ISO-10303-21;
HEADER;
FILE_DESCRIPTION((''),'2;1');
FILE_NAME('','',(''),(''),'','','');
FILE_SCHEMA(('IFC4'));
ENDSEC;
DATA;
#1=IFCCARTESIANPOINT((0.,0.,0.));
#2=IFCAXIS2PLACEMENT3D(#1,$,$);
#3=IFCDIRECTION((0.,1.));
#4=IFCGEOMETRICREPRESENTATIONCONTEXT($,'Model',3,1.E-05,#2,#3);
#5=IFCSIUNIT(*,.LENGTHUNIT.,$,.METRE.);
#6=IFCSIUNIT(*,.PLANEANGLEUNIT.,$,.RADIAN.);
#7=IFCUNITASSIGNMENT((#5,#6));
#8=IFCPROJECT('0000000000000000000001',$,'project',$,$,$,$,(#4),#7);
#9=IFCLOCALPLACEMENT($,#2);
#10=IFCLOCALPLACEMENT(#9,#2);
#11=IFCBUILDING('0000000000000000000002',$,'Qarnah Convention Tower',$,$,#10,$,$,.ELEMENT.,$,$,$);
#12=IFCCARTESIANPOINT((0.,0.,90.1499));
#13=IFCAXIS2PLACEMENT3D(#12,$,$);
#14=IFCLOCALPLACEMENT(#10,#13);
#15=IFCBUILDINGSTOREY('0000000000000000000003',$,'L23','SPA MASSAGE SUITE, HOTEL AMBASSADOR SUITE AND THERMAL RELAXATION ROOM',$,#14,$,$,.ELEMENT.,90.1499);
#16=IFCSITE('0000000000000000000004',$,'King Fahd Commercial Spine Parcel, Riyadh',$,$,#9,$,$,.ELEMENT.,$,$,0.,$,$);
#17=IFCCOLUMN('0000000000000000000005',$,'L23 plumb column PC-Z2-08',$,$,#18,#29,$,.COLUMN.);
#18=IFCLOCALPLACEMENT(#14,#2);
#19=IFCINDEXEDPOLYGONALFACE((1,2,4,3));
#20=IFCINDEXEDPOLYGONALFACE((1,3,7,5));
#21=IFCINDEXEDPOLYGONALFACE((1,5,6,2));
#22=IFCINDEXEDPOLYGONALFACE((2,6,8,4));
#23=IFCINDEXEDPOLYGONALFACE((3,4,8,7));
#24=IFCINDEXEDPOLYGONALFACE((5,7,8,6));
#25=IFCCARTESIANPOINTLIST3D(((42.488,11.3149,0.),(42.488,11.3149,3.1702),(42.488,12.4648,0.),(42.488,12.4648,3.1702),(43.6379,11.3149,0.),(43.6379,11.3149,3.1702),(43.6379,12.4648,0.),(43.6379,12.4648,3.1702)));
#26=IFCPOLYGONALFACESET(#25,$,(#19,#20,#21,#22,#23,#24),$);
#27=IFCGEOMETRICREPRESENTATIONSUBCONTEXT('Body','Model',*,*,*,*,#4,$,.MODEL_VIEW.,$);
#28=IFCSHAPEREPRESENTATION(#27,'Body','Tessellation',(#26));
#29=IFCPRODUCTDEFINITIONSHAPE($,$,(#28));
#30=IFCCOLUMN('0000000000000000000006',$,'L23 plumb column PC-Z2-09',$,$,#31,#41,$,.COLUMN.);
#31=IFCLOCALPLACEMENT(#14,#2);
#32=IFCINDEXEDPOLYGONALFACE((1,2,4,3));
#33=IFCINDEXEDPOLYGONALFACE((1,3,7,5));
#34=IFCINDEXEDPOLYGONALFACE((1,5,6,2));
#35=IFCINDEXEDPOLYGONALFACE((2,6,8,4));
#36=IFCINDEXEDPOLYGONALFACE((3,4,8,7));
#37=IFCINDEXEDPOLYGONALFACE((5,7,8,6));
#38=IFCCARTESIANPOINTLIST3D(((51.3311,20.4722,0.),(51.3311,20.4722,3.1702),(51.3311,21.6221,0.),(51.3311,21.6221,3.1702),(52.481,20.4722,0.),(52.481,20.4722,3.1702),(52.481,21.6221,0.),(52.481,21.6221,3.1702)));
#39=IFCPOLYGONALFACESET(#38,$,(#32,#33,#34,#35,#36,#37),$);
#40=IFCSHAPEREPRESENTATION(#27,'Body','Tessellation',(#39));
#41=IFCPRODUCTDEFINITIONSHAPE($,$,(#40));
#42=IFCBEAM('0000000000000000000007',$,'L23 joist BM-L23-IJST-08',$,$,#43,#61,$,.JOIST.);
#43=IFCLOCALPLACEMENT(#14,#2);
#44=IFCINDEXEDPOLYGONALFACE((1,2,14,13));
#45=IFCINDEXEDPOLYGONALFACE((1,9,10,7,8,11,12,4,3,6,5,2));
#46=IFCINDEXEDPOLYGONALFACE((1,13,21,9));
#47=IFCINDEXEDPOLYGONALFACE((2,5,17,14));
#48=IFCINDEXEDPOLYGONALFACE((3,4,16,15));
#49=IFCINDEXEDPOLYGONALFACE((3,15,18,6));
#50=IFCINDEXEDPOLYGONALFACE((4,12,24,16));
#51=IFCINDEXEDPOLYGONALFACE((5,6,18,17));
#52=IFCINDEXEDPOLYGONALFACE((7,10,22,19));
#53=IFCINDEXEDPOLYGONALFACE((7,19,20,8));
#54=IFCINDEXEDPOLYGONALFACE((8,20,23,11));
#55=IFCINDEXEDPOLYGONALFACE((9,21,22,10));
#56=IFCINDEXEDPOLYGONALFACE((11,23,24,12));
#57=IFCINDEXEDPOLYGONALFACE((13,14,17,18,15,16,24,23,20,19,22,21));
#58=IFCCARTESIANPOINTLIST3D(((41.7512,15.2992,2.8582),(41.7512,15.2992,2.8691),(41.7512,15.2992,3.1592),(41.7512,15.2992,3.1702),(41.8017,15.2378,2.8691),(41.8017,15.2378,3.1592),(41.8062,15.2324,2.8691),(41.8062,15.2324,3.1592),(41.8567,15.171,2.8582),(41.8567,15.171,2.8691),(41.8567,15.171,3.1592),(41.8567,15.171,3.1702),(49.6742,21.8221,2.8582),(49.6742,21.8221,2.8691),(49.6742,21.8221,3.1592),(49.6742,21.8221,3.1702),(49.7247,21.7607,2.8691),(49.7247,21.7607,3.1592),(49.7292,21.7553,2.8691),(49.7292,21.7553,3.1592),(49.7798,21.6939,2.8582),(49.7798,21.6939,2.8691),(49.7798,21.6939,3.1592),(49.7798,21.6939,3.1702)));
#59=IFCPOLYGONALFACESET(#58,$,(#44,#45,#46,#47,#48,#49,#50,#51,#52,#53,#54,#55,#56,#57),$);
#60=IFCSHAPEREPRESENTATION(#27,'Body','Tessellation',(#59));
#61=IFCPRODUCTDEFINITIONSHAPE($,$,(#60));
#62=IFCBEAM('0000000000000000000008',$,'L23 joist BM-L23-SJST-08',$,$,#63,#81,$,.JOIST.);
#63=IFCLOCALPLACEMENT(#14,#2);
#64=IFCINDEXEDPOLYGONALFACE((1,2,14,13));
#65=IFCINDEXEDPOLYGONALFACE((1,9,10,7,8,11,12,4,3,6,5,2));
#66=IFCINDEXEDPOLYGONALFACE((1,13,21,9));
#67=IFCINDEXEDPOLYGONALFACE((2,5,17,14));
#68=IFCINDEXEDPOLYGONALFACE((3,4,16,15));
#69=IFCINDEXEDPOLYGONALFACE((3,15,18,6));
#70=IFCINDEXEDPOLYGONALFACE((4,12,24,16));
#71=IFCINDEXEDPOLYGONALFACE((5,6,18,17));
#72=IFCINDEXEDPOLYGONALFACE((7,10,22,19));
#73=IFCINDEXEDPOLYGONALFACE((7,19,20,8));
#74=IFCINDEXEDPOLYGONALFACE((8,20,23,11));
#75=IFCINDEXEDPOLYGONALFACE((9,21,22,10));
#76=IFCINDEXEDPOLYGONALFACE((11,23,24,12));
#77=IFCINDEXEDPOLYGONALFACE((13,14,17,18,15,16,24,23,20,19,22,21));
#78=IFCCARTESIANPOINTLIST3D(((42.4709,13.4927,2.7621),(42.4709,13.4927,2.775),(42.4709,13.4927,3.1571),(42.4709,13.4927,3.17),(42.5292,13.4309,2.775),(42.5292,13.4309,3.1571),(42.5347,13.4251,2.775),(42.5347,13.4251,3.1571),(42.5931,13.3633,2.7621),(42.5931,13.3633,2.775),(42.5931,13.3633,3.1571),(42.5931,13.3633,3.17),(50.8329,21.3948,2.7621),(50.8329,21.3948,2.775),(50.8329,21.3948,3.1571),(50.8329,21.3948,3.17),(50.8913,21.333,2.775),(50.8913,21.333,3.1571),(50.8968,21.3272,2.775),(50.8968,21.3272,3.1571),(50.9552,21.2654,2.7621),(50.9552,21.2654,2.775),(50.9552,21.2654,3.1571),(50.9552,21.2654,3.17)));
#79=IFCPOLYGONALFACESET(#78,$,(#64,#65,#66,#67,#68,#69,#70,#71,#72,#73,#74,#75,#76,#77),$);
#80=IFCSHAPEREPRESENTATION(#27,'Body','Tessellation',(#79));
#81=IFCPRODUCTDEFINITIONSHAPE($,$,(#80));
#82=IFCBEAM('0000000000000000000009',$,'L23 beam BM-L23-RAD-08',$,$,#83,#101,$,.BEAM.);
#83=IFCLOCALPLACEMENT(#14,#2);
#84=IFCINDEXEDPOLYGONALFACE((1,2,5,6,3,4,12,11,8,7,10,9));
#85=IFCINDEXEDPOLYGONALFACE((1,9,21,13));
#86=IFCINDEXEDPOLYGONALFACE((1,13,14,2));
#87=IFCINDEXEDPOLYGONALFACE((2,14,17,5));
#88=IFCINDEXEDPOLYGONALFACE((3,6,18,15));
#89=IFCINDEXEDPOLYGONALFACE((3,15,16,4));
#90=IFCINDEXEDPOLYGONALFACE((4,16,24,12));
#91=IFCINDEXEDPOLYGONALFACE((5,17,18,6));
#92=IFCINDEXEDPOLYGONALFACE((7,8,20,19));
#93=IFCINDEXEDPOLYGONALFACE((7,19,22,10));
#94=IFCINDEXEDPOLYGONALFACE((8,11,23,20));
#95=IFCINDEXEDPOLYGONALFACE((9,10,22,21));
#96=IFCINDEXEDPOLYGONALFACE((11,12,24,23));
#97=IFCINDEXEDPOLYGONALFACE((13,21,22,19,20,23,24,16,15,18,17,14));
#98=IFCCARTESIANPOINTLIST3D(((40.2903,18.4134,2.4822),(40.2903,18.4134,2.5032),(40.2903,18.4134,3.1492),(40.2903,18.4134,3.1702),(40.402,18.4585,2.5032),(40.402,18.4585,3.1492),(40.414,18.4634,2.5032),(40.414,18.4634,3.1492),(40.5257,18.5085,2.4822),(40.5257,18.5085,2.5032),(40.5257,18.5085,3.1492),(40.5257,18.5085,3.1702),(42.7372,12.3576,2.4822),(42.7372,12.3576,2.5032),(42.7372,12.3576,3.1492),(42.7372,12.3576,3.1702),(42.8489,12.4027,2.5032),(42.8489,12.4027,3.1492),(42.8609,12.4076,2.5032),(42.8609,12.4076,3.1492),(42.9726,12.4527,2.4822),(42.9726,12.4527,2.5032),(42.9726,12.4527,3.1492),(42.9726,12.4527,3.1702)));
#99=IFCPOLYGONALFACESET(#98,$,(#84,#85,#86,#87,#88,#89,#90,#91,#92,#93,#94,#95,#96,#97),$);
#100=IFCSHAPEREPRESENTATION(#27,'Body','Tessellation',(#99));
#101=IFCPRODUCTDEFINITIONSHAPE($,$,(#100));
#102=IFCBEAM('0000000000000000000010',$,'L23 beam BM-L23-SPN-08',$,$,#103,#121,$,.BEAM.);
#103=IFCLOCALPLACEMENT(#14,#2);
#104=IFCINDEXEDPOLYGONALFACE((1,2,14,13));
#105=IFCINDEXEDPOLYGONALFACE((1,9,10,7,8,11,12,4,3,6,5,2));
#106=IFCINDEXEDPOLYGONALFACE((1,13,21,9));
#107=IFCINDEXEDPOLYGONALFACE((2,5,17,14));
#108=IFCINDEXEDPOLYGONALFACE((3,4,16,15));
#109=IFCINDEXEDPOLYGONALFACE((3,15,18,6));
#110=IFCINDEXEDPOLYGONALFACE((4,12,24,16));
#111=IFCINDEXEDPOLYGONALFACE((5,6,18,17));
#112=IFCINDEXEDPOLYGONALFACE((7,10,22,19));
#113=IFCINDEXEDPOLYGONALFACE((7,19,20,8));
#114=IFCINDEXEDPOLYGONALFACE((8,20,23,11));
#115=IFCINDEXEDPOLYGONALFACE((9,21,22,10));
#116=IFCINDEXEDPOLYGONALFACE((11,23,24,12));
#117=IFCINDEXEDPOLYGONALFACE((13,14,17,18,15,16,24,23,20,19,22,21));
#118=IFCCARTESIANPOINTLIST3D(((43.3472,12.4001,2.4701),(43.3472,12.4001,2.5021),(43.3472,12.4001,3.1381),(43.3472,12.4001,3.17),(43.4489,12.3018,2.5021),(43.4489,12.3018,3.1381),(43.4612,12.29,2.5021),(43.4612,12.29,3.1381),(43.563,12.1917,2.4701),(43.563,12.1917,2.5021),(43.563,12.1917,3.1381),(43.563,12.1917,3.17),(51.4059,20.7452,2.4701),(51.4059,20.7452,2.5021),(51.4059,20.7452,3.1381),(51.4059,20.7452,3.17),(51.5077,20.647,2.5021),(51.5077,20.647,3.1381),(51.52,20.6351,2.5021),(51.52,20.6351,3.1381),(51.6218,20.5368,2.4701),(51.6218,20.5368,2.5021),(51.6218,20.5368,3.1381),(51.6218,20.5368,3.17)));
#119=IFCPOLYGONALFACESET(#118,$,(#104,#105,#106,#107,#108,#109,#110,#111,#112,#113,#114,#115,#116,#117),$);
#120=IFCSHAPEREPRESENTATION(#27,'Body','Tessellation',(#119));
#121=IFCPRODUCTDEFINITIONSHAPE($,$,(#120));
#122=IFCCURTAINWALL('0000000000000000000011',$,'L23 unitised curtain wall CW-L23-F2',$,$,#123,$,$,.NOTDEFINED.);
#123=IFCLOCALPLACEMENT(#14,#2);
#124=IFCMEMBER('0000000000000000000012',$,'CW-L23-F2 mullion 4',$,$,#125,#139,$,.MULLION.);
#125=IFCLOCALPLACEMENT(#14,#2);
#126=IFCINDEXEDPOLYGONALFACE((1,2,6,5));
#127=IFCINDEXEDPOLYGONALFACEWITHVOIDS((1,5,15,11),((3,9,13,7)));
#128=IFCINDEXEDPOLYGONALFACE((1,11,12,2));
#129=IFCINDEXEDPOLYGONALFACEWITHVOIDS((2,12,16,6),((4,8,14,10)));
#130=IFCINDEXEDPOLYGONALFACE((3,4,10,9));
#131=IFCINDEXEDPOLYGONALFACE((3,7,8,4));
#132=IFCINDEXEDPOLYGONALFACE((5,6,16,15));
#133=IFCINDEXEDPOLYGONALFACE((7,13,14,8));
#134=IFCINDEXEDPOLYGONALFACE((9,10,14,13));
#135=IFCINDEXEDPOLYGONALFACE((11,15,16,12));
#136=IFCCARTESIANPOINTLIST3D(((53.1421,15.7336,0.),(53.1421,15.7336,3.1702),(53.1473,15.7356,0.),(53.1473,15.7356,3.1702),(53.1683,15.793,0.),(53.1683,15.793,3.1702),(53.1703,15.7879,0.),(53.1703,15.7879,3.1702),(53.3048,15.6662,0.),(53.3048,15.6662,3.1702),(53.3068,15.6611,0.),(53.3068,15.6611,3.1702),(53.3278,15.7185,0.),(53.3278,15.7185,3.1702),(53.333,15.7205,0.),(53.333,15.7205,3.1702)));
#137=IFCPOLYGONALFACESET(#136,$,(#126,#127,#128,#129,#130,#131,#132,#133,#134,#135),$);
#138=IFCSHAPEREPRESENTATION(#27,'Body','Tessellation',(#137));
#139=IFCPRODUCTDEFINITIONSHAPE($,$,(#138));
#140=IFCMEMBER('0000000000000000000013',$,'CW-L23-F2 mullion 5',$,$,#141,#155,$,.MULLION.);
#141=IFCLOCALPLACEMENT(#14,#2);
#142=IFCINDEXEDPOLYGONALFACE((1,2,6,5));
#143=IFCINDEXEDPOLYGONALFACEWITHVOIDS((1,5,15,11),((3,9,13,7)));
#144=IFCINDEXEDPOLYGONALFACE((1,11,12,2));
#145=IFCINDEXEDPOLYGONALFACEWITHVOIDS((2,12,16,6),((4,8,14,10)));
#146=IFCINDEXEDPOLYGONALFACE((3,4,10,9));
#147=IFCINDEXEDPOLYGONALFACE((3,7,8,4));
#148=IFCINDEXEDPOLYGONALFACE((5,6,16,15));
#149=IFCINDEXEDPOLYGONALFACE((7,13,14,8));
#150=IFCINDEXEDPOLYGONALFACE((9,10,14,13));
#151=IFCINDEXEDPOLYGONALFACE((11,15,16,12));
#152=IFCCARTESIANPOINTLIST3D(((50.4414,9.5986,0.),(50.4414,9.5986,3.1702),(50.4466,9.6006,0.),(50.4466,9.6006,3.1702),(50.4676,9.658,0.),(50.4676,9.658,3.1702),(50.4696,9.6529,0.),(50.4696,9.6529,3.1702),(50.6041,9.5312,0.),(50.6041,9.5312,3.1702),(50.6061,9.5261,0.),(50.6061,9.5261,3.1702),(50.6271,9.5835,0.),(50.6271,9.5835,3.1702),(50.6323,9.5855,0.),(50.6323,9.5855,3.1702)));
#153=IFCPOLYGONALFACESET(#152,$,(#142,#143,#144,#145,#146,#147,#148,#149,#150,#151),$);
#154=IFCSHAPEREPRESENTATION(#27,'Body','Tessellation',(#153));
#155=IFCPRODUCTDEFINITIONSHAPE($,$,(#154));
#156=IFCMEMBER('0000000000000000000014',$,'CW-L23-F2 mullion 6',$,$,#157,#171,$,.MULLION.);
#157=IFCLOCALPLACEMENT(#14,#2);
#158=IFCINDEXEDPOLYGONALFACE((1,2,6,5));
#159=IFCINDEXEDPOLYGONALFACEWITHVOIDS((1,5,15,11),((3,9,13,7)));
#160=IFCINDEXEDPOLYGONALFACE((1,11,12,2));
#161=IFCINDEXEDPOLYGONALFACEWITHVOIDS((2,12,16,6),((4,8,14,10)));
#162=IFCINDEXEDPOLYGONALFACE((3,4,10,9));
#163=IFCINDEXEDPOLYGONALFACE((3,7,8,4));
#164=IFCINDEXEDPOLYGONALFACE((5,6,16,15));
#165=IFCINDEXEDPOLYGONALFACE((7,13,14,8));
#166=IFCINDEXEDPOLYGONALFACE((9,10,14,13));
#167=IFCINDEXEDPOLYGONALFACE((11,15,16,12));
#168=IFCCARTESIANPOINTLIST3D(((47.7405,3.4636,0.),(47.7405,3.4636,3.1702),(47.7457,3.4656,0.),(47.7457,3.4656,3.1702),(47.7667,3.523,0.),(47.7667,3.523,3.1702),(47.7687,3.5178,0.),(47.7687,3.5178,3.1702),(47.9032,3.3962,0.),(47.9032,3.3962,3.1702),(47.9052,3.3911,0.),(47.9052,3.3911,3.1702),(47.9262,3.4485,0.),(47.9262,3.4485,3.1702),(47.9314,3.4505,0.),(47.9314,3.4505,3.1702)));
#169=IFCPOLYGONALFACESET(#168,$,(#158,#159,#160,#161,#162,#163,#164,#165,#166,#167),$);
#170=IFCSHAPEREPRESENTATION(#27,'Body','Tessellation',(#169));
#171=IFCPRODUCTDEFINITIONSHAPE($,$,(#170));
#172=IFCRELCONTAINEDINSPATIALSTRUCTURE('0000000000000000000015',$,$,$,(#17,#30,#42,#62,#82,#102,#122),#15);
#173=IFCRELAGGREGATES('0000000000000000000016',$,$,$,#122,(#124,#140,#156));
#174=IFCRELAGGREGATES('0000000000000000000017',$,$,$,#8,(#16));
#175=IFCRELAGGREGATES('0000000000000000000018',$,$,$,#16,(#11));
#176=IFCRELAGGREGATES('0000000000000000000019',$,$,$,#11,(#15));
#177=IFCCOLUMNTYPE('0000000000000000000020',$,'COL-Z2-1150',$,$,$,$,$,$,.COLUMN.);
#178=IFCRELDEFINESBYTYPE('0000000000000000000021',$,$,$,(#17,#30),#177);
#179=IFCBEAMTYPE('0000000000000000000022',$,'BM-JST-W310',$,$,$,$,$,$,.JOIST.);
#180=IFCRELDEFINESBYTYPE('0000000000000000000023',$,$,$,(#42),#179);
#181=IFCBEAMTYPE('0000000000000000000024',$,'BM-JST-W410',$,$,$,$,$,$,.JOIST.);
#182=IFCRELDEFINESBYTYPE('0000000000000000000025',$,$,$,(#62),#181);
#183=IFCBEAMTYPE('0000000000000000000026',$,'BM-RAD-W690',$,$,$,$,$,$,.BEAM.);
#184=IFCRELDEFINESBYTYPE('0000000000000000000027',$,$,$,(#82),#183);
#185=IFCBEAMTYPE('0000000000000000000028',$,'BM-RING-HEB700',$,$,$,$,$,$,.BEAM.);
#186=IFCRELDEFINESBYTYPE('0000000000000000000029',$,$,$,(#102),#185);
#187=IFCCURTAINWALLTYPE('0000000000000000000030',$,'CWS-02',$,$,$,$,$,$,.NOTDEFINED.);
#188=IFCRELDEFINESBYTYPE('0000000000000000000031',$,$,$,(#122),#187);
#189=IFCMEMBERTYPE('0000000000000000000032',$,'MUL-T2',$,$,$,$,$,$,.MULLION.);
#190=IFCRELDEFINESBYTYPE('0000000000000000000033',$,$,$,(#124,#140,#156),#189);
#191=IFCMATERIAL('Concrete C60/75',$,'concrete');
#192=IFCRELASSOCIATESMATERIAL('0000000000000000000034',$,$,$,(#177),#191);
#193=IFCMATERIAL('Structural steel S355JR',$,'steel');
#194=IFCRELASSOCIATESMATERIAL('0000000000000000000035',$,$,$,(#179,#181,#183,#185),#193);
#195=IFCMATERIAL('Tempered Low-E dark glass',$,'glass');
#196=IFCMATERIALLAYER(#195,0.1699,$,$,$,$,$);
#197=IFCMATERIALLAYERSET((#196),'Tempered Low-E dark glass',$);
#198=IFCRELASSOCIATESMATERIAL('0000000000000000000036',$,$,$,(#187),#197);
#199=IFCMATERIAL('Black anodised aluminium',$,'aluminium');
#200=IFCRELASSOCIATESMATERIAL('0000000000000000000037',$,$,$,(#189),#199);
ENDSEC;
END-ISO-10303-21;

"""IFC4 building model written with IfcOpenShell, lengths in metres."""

from ifc_helpers import new_model, si_unit, direction, frame, origin, origin_2d, place, context, subcontext, project, spatial, rectangle, hollow_rectangle, i_section, extrude, material, layer, layer_set, material_profile, profile_set, type_object, element, aggregate, save


model = new_model("IFC4")

# Units and contexts
model_context = context("Model", 3, precision=1e-05, world=origin(), true_north=direction((0.0, 1.0)))
body_context = subcontext(model_context, "Body", "Model", "MODEL_VIEW")
ifc_project = project(units=[si_unit("LENGTHUNIT", "METRE"), si_unit("PLANEANGLEUNIT", "RADIAN")], contexts=[model_context])

# Site, building, storey
site_placement = place(None, origin())
site = spatial("IfcSite", under=ifc_project, at=site_placement, Name="King Fahd Commercial Spine Parcel, Riyadh", CompositionType="ELEMENT", RefElevation=0.0)
building_placement = place(site_placement, origin())
building = spatial("IfcBuilding", under=site, at=building_placement, Name="Qarnah Convention Tower", CompositionType="ELEMENT")
storey_placement = place(building_placement, frame((0.0, 0.0, 90.1499)))
storey = spatial("IfcBuildingStorey", under=building, at=storey_placement, Name="L23", Description="SPA MASSAGE SUITE, HOTEL AMBASSADOR SUITE AND THERMAL RELAXATION ROOM", CompositionType="ELEMENT", Elevation=90.1499)

# Columns
ifc_material_1 = material(Name="Concrete C60/75", Category="concrete")
ifc_material_profile_1 = material_profile(ifc_material_1, rectangle(XDim=1.1499, YDim=1.1499, at=origin_2d()), Name="RC-COL-1150X1150")
ifc_profile_set_1 = profile_set([ifc_material_profile_1], Name="Concrete C60/75")
column_type = type_object("IfcColumnType", Name="COL-Z2-1150", PredefinedType="COLUMN", material=ifc_profile_set_1)
for number, where, z_axis, x_axis, name in (
    (1, (43.063, 11.8899, 0.0), (0.0, 0.0, 1.0), (1.0, 0.0, 0.0), "L23 plumb column PC-Z2-08"),
    (2, (51.906, 21.0471, 0.0), (0.0, 0.0, 1.0), (1.0, 0.0, 0.0), "L23 plumb column PC-Z2-09"),
):
    element("IfcColumn", number, at=place(storey_placement, frame(where, z_axis=z_axis, x_axis=x_axis)), inside=storey, type_object=column_type, Name=name, PredefinedType="COLUMN", context=body_context, shape_type="SweptSolid", body=[
        extrude(rectangle(XDim=1.1499, YDim=1.1499, at=origin_2d()), origin(), (0.0, 0.0, 1.0), 3.1702),
    ])

# Beams
ifc_material_2 = material(Name="Structural steel S355JR", Category="steel")
ifc_material_profile_2 = material_profile(ifc_material_2, i_section(OverallWidth=0.166, OverallDepth=0.312, WebThickness=0.0071, FlangeThickness=0.011, at=origin_2d()), Name="W310X45")
ifc_profile_set_2 = profile_set([ifc_material_profile_2], Name="Structural steel S355JR")
beam_type_1 = type_object("IfcBeamType", Name="BM-JST-W310", PredefinedType="JOIST", material=ifc_profile_set_2)
beam_1_placement = place(storey_placement, frame((41.804, 15.2351, 3.0142), z_axis=(0.772024, 0.635594, 0.0), x_axis=(-0.635594, 0.772024, 0.0)))
element("IfcBeam", 3, at=beam_1_placement, inside=storey, type_object=beam_type_1, Name="L23 joist BM-L23-IJST-08", PredefinedType="JOIST", context=body_context, shape_type="SweptSolid", body=[
    extrude(i_section(OverallWidth=0.166, OverallDepth=0.312, WebThickness=0.0071, FlangeThickness=0.011, at=origin_2d()), origin(), (0.0, 0.0, 1.0), 10.2627),
])
ifc_material_profile_3 = material_profile(ifc_material_2, i_section(OverallWidth=0.178, OverallDepth=0.408, WebThickness=0.0081, FlangeThickness=0.0129, at=origin_2d()), Name="W410X60")
ifc_profile_set_3 = profile_set([ifc_material_profile_3], Name="Structural steel S355JR")
beam_type_2 = type_object("IfcBeamType", Name="BM-JST-W410", PredefinedType="JOIST", material=ifc_profile_set_3)
beam_2_placement = place(storey_placement, frame((42.532, 13.428, 2.9661), z_axis=(0.726814, 0.686835, 0.0), x_axis=(-0.686835, 0.726814, 0.0)))
element("IfcBeam", 4, at=beam_2_placement, inside=storey, type_object=beam_type_2, Name="L23 joist BM-L23-SJST-08", PredefinedType="JOIST", context=body_context, shape_type="SweptSolid", body=[
    extrude(i_section(OverallWidth=0.178, OverallDepth=0.408, WebThickness=0.0081, FlangeThickness=0.0129, at=origin_2d()), origin(), (0.0, 0.0, 1.0), 11.5051),
])
ifc_material_profile_4 = material_profile(ifc_material_2, i_section(OverallWidth=0.2539, OverallDepth=0.688, WebThickness=0.0129, FlangeThickness=0.021, at=origin_2d()), Name="W690X152")
ifc_profile_set_4 = profile_set([ifc_material_profile_4], Name="Structural steel S355JR")
beam_type_3 = type_object("IfcBeamType", Name="BM-RAD-W690", PredefinedType="BEAM", material=ifc_profile_set_4)
beam_3_placement = place(storey_placement, frame((40.408, 18.4609, 2.8262), z_axis=(0.374643, -0.927169, 0.0), x_axis=(0.927169, 0.374643, 0.0)))
element("IfcBeam", 5, at=beam_3_placement, inside=storey, type_object=beam_type_3, Name="L23 beam BM-L23-RAD-08", PredefinedType="BEAM", context=body_context, shape_type="SweptSolid", body=[
    extrude(i_section(OverallWidth=0.2539, OverallDepth=0.688, WebThickness=0.0129, FlangeThickness=0.021, at=origin_2d()), origin(), (0.0, 0.0, 1.0), 6.5315),
])
ifc_material_profile_5 = material_profile(ifc_material_2, i_section(OverallWidth=0.3, OverallDepth=0.7, WebThickness=0.0171, FlangeThickness=0.032, at=origin_2d()), Name="HEB700")
ifc_profile_set_5 = profile_set([ifc_material_profile_5], Name="Structural steel S355JR")
beam_type_4 = type_object("IfcBeamType", Name="BM-RING-HEB700", PredefinedType="BEAM", material=ifc_profile_set_5)
beam_4_placement = place(storey_placement, frame((43.4551, 12.2959, 2.8201), z_axis=(0.694656, 0.719342, 0.0), x_axis=(-0.719342, 0.694656, 0.0)))
element("IfcBeam", 6, at=beam_4_placement, inside=storey, type_object=beam_type_4, Name="L23 beam BM-L23-SPN-08", PredefinedType="BEAM", context=body_context, shape_type="SweptSolid", body=[
    extrude(i_section(OverallWidth=0.3, OverallDepth=0.7, WebThickness=0.0171, FlangeThickness=0.032, at=origin_2d()), origin(), (0.0, 0.0, 1.0), 11.6011),
])

# Curtain wall, members
ifc_material_3 = material(Name="Tempered Low-E dark glass", Category="glass")
ifc_layer_1 = layer(ifc_material_3, 0.1699)
ifc_layer_set_1 = layer_set([ifc_layer_1], Name="Tempered Low-E dark glass")
curtain_wall_type = type_object("IfcCurtainWallType", Name="CWS-02", PredefinedType="NOTDEFINED", material=ifc_layer_set_1)
curtain_wall_1_placement = place(storey_placement, origin())
curtain_wall_1 = element("IfcCurtainWall", 7, at=curtain_wall_1_placement, inside=storey, type_object=curtain_wall_type, Name="L23 unitised curtain wall CW-L23-F2", PredefinedType="NOTDEFINED")
ifc_material_4 = material(Name="Black anodised aluminium", Category="aluminium")
ifc_material_profile_6 = material_profile(ifc_material_4, hollow_rectangle(XDim=0.0649, YDim=0.1799, WallThickness=0.0039, at=origin_2d()), Name="MUL-65X180")
ifc_profile_set_6 = profile_set([ifc_material_profile_6], Name="Black anodised aluminium")
member_type_1 = type_object("IfcMemberType", Name="MUL-T2", PredefinedType="MULLION", material=ifc_profile_set_6)
member_1_placement = place(storey_placement, frame((53.2375, 15.7271, 0.0), z_axis=(0.0, 0.0, 1.0), x_axis=(-0.402914, -0.915238, 0.0)))
member_1 = element("IfcMember", 8, at=member_1_placement, type_object=member_type_1, Name="CW-L23-F2 mullion 4", PredefinedType="MULLION", context=body_context, shape_type="SweptSolid", body=[
    extrude(hollow_rectangle(XDim=0.0649, YDim=0.1799, WallThickness=0.0039, at=origin_2d()), origin(), (0.0, 0.0, 1.0), 3.1702),
])
member_2_placement = place(storey_placement, frame((50.5369, 9.592, 0.0), z_axis=(0.0, 0.0, 1.0), x_axis=(-0.402914, -0.915238, 0.0)))
member_2 = element("IfcMember", 9, at=member_2_placement, type_object=member_type_1, Name="CW-L23-F2 mullion 5", PredefinedType="MULLION", context=body_context, shape_type="SweptSolid", body=[
    extrude(hollow_rectangle(XDim=0.0649, YDim=0.1799, WallThickness=0.0039, at=origin_2d()), origin(), (0.0, 0.0, 1.0), 3.1702),
])
member_3_placement = place(storey_placement, frame((47.8359, 3.457, 0.0), z_axis=(0.0, 0.0, 1.0), x_axis=(-0.402914, -0.915238, 0.0)))
member_3 = element("IfcMember", 10, at=member_3_placement, type_object=member_type_1, Name="CW-L23-F2 mullion 6", PredefinedType="MULLION", context=body_context, shape_type="SweptSolid", body=[
    extrude(hollow_rectangle(XDim=0.0649, YDim=0.1799, WallThickness=0.0039, at=origin_2d()), origin(), (0.0, 0.0, 1.0), 3.1702),
])

aggregate(curtain_wall_1, [member_1, member_2, member_3])

save(model, "model.ifc")
